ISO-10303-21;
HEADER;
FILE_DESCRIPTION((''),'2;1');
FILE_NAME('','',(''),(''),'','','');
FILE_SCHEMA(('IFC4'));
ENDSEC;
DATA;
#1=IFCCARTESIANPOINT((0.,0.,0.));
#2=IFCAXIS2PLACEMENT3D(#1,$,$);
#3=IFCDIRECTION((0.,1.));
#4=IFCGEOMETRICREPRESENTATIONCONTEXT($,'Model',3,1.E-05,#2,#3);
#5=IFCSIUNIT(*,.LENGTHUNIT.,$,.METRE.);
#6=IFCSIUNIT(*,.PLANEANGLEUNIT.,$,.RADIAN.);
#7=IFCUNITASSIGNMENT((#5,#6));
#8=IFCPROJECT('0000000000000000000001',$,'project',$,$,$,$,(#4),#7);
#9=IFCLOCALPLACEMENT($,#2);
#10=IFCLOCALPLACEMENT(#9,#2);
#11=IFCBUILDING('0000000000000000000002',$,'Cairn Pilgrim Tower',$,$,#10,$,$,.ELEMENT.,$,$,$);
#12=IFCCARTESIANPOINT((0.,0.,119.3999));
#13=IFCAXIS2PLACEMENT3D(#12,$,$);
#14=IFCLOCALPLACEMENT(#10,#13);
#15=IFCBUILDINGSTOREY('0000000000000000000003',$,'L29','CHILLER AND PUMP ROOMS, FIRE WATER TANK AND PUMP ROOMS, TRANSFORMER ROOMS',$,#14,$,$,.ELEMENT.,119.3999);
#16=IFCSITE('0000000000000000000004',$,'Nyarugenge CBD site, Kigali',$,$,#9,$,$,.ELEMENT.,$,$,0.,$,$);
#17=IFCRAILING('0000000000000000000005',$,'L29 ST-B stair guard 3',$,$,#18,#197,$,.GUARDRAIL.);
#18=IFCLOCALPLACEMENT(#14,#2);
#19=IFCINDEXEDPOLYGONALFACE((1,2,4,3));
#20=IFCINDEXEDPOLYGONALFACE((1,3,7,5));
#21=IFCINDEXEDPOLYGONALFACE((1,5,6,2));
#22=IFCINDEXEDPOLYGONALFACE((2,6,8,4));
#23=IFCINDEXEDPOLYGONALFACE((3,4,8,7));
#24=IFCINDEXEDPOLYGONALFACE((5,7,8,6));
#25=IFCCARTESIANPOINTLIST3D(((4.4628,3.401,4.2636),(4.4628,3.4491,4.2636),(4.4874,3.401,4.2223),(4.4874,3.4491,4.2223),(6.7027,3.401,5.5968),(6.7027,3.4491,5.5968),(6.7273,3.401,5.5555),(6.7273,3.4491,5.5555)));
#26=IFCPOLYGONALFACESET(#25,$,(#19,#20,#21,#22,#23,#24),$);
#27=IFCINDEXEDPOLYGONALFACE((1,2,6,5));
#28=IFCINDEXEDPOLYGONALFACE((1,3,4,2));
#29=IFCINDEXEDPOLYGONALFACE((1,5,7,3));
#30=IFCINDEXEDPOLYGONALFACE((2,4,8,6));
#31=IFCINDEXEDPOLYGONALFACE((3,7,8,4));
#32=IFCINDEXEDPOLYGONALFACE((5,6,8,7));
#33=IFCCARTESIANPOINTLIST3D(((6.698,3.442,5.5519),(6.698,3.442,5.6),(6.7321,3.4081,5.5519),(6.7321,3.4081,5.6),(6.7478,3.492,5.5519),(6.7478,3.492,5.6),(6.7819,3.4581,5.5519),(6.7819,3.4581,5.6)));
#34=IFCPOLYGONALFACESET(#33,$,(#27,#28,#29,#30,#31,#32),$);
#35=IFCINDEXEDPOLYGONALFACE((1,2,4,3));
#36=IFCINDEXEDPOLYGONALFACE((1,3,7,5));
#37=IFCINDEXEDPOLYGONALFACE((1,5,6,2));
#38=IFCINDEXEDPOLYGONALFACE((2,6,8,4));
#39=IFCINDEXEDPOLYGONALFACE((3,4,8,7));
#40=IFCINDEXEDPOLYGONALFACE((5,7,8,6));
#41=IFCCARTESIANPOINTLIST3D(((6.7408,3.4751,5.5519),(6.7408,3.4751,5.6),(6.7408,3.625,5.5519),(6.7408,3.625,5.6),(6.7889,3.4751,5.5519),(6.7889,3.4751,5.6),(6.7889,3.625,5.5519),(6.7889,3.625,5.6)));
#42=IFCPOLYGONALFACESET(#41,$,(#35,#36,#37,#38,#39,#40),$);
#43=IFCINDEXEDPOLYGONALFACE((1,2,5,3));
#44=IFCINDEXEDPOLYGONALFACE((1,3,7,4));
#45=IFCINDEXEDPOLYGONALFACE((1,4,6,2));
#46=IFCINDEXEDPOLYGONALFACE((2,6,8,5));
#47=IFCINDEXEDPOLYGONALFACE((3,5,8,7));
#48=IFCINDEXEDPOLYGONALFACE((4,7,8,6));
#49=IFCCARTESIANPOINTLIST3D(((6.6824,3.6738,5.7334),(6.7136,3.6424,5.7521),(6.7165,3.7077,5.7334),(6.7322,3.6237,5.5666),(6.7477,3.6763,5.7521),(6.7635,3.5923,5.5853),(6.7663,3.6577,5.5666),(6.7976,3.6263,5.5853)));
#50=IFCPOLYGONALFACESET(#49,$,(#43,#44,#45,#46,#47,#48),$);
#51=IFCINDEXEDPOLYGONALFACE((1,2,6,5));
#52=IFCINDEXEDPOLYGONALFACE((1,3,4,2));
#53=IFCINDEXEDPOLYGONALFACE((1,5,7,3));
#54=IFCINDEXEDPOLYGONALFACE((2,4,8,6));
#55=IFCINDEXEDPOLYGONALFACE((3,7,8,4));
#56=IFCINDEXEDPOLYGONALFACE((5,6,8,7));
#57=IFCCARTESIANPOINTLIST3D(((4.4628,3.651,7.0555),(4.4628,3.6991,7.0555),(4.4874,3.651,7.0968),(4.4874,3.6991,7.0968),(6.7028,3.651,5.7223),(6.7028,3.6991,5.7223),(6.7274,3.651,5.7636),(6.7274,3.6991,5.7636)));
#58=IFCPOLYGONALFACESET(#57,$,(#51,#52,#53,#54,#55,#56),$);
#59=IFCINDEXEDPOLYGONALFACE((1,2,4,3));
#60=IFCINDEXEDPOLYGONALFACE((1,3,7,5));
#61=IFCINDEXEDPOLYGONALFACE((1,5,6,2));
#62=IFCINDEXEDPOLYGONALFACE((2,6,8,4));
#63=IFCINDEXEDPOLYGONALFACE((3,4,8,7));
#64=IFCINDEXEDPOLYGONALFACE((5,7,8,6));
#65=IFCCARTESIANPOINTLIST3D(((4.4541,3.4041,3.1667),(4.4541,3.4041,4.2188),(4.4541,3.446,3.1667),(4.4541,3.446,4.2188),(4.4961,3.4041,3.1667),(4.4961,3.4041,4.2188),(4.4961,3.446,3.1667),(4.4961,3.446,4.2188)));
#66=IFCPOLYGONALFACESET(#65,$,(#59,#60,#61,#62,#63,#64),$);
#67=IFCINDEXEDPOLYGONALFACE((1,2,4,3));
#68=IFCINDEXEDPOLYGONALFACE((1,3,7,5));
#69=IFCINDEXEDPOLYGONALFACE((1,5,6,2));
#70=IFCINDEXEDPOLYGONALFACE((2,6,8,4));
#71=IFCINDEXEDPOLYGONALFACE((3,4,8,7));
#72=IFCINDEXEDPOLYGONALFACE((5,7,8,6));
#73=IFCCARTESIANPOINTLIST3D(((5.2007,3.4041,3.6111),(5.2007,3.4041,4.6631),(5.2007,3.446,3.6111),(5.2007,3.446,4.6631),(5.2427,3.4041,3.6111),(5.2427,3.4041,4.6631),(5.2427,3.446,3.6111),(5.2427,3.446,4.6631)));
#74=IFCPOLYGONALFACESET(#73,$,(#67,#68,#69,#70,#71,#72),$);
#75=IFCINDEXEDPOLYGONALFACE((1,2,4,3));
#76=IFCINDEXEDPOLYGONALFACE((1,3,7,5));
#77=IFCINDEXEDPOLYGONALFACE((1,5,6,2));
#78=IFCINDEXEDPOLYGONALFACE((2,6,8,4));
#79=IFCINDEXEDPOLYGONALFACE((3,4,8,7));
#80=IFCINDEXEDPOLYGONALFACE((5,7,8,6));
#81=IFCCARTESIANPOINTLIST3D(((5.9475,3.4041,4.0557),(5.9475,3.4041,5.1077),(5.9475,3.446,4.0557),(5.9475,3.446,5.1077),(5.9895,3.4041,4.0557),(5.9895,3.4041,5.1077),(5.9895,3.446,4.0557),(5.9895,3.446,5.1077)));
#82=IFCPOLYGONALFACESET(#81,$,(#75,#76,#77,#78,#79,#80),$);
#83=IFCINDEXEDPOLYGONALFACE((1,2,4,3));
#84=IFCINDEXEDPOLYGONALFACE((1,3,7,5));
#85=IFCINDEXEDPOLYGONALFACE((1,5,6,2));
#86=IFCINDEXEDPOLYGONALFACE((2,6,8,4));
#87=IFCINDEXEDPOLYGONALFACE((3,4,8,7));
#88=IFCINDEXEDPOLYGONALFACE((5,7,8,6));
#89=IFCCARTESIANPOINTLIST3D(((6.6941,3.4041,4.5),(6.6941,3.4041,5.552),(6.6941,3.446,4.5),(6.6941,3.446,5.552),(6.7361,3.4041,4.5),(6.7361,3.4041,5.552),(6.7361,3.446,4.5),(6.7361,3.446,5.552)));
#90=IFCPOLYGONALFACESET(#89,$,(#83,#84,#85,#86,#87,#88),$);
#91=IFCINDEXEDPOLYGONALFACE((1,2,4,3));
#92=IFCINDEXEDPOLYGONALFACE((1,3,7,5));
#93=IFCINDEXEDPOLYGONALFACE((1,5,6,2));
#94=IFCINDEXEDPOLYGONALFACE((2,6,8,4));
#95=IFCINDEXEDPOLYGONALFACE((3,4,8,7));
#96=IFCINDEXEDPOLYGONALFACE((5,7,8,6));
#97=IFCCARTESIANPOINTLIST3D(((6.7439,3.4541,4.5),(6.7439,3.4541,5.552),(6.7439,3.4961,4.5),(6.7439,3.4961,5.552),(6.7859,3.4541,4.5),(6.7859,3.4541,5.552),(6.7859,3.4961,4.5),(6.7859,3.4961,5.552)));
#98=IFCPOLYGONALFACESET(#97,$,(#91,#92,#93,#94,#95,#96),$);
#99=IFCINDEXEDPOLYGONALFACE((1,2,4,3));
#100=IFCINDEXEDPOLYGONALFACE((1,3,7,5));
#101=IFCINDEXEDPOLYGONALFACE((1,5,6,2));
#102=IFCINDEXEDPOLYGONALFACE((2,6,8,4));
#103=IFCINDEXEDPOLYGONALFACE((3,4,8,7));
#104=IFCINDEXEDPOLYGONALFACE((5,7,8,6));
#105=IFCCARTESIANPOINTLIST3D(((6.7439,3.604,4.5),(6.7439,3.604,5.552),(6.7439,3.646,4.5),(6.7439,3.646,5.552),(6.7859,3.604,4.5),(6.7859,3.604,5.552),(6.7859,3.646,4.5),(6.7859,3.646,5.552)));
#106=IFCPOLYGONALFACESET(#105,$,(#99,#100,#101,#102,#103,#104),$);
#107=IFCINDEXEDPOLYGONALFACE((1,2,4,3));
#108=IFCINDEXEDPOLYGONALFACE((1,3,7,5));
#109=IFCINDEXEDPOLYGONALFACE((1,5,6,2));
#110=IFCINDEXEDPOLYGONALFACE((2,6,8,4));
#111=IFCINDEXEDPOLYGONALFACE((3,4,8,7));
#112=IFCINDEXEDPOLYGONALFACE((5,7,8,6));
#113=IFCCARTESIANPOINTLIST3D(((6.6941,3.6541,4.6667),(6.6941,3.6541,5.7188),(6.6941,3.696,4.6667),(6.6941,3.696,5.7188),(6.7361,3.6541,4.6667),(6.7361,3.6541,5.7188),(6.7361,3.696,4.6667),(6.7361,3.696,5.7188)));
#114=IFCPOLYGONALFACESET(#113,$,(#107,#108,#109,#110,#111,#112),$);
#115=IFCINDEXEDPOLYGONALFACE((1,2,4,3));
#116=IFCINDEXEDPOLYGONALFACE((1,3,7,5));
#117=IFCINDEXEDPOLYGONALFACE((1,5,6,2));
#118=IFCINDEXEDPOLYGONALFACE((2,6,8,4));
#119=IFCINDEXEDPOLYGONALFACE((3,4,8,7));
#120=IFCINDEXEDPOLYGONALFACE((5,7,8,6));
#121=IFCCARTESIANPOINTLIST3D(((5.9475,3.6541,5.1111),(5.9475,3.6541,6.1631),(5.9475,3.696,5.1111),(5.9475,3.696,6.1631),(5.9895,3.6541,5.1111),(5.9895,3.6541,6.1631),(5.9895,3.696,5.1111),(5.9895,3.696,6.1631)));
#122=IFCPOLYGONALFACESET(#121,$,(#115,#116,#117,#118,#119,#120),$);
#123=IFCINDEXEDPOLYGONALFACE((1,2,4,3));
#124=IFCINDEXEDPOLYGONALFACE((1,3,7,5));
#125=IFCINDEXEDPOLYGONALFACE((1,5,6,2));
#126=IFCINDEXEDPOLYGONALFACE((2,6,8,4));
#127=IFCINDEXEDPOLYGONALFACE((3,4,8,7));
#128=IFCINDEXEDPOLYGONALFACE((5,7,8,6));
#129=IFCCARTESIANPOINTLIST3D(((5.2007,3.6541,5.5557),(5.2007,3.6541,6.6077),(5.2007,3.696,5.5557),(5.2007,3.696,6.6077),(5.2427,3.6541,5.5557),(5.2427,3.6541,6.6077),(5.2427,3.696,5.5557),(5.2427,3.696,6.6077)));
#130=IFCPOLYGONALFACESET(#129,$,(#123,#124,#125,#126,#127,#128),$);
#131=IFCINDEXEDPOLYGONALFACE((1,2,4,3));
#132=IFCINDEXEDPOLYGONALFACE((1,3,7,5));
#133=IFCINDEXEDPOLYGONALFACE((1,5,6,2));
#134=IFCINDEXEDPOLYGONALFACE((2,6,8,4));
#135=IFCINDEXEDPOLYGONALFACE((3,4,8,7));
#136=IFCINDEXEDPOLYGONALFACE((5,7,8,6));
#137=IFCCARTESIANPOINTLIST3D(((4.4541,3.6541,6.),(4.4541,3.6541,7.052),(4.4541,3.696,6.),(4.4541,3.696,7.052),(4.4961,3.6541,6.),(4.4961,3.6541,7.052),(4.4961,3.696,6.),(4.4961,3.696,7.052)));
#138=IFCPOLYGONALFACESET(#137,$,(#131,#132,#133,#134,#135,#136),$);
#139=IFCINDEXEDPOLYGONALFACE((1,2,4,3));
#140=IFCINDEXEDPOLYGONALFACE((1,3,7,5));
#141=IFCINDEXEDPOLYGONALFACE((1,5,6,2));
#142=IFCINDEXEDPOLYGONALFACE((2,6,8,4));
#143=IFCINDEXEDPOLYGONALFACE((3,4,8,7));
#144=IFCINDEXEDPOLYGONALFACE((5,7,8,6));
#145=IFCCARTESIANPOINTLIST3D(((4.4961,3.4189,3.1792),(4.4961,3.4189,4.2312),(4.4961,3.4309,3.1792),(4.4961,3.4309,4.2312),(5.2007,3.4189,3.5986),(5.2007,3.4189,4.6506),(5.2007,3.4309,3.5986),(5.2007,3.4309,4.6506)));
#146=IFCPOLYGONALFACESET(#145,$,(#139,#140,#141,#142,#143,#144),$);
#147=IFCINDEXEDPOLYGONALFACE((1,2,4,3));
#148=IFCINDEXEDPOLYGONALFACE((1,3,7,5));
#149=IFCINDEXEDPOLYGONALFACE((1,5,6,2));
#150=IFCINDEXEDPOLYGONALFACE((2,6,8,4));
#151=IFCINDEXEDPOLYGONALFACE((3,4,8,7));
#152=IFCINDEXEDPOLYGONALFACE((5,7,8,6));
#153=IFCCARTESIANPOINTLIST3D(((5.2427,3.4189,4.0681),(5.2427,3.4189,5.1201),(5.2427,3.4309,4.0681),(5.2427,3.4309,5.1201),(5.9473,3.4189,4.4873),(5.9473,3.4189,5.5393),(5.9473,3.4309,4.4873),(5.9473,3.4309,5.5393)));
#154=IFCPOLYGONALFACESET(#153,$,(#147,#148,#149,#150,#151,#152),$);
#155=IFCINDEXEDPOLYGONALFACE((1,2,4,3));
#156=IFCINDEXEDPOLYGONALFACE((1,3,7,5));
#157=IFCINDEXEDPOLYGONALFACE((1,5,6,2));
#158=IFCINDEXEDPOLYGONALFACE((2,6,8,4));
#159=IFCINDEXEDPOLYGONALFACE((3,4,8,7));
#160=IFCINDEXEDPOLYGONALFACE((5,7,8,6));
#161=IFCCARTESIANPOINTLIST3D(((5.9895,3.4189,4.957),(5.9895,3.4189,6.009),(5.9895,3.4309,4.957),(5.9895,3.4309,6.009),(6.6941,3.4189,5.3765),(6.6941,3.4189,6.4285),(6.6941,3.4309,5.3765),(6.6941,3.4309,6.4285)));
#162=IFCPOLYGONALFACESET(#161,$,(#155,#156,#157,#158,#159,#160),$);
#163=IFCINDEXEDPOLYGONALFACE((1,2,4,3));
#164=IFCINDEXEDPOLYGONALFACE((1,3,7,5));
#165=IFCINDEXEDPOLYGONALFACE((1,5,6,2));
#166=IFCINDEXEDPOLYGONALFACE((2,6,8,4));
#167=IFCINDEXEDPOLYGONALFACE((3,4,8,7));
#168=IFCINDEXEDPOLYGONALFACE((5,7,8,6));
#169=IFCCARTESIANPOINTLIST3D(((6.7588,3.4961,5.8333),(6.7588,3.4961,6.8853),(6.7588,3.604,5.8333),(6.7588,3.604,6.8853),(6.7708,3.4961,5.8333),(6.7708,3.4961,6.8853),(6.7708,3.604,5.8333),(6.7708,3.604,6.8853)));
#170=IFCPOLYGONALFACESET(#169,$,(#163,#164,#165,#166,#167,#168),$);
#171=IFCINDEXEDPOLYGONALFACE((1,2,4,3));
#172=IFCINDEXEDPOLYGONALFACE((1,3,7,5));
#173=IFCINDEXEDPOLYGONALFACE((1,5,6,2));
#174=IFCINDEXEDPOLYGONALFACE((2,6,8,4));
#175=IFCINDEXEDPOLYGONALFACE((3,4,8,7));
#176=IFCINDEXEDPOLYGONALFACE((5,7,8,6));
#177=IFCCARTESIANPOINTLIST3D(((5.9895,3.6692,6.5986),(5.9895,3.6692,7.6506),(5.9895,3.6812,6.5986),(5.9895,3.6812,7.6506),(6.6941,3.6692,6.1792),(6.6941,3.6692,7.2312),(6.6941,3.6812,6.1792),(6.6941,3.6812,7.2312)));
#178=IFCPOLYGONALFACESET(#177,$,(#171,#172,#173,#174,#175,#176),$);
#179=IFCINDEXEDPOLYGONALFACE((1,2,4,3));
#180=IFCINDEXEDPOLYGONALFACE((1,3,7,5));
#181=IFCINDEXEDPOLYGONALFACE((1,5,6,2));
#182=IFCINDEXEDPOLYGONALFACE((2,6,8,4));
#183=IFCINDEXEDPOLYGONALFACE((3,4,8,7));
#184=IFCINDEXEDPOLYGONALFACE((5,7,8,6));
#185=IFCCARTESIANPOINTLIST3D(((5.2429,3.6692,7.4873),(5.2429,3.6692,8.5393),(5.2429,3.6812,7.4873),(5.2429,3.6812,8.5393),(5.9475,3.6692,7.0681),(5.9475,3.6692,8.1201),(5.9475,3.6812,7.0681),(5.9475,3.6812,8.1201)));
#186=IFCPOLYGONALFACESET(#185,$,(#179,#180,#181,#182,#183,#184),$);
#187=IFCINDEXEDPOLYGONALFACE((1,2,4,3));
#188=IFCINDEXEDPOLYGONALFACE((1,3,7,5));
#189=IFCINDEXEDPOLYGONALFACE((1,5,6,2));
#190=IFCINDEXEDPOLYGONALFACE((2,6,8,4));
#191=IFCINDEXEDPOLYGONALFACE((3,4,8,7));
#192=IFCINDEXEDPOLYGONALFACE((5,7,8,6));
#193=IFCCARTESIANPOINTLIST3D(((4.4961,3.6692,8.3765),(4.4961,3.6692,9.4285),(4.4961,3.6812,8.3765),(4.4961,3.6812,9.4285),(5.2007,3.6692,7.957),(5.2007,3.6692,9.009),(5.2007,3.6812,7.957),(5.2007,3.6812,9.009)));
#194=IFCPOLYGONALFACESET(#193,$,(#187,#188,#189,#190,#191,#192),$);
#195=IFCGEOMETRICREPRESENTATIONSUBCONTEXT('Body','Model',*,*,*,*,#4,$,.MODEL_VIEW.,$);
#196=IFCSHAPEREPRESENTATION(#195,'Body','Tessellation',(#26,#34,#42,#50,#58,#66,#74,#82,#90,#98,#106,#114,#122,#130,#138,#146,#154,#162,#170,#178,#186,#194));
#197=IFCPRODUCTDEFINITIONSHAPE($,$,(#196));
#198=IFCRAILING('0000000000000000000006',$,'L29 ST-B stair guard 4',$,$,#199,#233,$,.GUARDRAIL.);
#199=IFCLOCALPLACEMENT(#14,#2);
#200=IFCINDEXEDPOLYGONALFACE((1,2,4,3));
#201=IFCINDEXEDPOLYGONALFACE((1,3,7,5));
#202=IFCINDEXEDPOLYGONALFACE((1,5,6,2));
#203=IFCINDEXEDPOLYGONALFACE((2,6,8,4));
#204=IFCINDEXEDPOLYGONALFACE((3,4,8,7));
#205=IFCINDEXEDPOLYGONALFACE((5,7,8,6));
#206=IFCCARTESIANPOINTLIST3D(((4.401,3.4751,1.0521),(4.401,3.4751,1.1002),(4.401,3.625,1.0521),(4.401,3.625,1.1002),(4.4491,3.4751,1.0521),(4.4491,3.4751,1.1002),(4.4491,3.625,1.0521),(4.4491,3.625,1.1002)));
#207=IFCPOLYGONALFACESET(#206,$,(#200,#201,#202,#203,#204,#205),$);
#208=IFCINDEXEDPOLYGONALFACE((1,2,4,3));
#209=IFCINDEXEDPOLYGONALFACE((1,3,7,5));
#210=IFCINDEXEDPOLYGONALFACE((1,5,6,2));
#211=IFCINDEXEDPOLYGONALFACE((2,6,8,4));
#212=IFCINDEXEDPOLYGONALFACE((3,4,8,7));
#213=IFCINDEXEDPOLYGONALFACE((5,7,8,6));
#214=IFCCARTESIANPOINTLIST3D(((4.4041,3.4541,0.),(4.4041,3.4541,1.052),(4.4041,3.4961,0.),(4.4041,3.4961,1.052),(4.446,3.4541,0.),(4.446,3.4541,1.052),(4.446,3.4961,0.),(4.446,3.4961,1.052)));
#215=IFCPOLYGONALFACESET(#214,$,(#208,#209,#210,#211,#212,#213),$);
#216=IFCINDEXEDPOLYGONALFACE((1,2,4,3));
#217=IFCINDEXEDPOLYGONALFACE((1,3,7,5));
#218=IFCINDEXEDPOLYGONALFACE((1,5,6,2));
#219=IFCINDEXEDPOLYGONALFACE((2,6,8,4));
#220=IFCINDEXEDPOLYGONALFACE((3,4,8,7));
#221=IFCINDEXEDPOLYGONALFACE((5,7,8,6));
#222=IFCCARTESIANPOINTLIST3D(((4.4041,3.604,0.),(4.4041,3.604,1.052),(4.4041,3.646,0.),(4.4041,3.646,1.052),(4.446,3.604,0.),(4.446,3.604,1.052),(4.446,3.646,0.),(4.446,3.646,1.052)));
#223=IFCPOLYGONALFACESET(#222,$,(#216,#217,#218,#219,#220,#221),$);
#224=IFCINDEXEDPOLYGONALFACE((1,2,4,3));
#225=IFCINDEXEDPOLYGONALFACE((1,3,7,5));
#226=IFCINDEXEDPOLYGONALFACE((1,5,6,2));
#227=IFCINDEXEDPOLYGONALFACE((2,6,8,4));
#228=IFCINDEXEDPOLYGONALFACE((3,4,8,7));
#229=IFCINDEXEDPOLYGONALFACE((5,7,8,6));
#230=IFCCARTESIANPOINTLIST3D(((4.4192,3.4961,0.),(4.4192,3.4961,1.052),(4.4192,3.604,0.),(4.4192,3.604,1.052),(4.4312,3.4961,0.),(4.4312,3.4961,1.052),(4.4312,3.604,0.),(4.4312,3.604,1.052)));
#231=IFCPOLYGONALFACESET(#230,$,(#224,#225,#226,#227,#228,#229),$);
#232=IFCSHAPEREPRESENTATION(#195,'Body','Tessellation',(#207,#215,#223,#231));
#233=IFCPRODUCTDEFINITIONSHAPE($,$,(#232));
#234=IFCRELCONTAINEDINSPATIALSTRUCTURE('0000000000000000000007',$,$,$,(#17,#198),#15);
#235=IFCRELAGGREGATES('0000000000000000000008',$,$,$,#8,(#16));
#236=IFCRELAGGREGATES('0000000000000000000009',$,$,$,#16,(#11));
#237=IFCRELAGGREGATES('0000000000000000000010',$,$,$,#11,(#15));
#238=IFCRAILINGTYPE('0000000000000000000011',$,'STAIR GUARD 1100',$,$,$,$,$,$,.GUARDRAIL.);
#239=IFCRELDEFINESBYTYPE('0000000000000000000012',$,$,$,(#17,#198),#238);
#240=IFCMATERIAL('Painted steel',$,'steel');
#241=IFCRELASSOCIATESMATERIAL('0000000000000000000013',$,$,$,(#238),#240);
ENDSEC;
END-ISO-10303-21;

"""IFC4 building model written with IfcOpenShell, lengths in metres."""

from ifc_helpers import new_model, si_unit, direction, frame, origin, origin_2d, place, context, subcontext, project, spatial, polyline, rectangle, outline, extrude, material, type_object, element, save


model = new_model("IFC4")

# Units and contexts
model_context = context("Model", 3, precision=1e-05, world=origin(), true_north=direction((0.0, 1.0)))
body_context = subcontext(model_context, "Body", "Model", "MODEL_VIEW")
ifc_project = project(units=[si_unit("LENGTHUNIT", "METRE"), si_unit("PLANEANGLEUNIT", "RADIAN")], contexts=[model_context])

# Site, building, storey
site_placement = place(None, origin())
site = spatial("IfcSite", under=ifc_project, at=site_placement, Name="Nyarugenge CBD site, Kigali", CompositionType="ELEMENT", RefElevation=0.0)
building_placement = place(site_placement, origin())
building = spatial("IfcBuilding", under=site, at=building_placement, Name="Cairn Pilgrim Tower", CompositionType="ELEMENT")
storey_placement = place(building_placement, frame((0.0, 0.0, 119.3999)))
storey = spatial("IfcBuildingStorey", under=building, at=storey_placement, Name="L29", Description="CHILLER AND PUMP ROOMS, FIRE WATER TANK AND PUMP ROOMS, TRANSFORMER ROOMS", CompositionType="ELEMENT", Elevation=119.3999)

# Shared definitions
ifc_material_1 = material(Name="Painted steel", Category="steel")

# Railings
railing_type_1 = type_object("IfcRailingType", Name="STAIR GUARD 1100", PredefinedType="GUARDRAIL", material=ifc_material_1)
railing_1_placement = place(storey_placement, frame((4.4751, 3.425, 3.1667)))
element("IfcRailing", 1, at=railing_1_placement, inside=storey, type_object=railing_type_1, Name="L29 ST-B stair guard 3", PredefinedType="GUARDRAIL", context=body_context, shape_type="SweptSolid", body=[
    extrude(rectangle(XDim=0.0481, YDim=0.0481, at=origin_2d()), frame((0.0, 0.0, 1.0762), z_axis=(0.859306, 0.0, 0.511462), x_axis=(0.0, 1.0, 0.0)), (0.0, 0.0, 1.0), 2.6067),
    extrude(rectangle(XDim=0.0481, YDim=0.0481, at=origin_2d()), frame((2.24, 0.0, 2.4092), z_axis=(0.705376, 0.708834, 0.0), x_axis=(-0.708834, 0.705376, 0.0)), (0.0, 0.0, 1.0), 0.0706),
    extrude(rectangle(XDim=0.0481, YDim=0.0481, at=origin_2d()), frame((2.2898, 0.05, 2.4092), z_axis=(0.0, 1.0, 0.0), x_axis=(-1.0, 0.0, 0.0)), (0.0, 0.0, 1.0), 0.1499),
    extrude(rectangle(XDim=0.0481, YDim=0.0481, at=origin_2d()), frame((2.2898, 0.2, 2.4092), z_axis=(-0.275041, 0.276389, 0.920848), x_axis=(-0.708834, -0.705376, 0.0)), (0.0, 0.0, 1.0), 0.1812),
    extrude(rectangle(XDim=0.0481, YDim=0.0481, at=origin_2d()), frame((2.24, 0.25, 2.5762), z_axis=(-0.859306, 0.0, 0.511462), x_axis=(0.0, -1.0, 0.0)), (0.0, 0.0, 1.0), 2.6067),
    extrude(rectangle(XDim=0.042, YDim=0.042, at=origin_2d()), origin(), (0.0, 0.0, 1.0), 1.052),
    extrude(rectangle(XDim=0.042, YDim=0.042, at=origin_2d()), frame((0.7466, 0.0, 0.4443)), (0.0, 0.0, 1.0), 1.052),
    extrude(rectangle(XDim=0.042, YDim=0.042, at=origin_2d()), frame((1.4934, 0.0, 0.8889)), (0.0, 0.0, 1.0), 1.052),
    extrude(rectangle(XDim=0.042, YDim=0.042, at=origin_2d()), frame((2.24, 0.0, 1.3333)), (0.0, 0.0, 1.0), 1.052),
    extrude(rectangle(XDim=0.042, YDim=0.042, at=origin_2d()), frame((2.2898, 0.05, 1.3333)), (0.0, 0.0, 1.0), 1.052),
    extrude(rectangle(XDim=0.042, YDim=0.042, at=origin_2d()), frame((2.2898, 0.2, 1.3333)), (0.0, 0.0, 1.0), 1.052),
    extrude(rectangle(XDim=0.042, YDim=0.042, at=origin_2d()), frame((2.24, 0.25, 1.5)), (0.0, 0.0, 1.0), 1.052),
    extrude(rectangle(XDim=0.042, YDim=0.042, at=origin_2d()), frame((1.4934, 0.25, 1.9443)), (0.0, 0.0, 1.0), 1.052),
    extrude(rectangle(XDim=0.042, YDim=0.042, at=origin_2d()), frame((0.7466, 0.25, 2.3889)), (0.0, 0.0, 1.0), 1.052),
    extrude(rectangle(XDim=0.042, YDim=0.042, at=origin_2d()), frame((0.0, 0.25, 2.8333)), (0.0, 0.0, 1.0), 1.052),
    extrude(outline(polyline([(0.021, 0.0125), (0.7256, 0.4319), (0.7256, 1.4839), (0.021, 1.0645), (0.021, 0.0125)])), frame((0.0, 0.0059, 0.0), z_axis=(0.0, -1.0, 0.0), x_axis=(1.0, 0.0, 0.0)), (0.0, 0.0, 1.0), 0.012),
    extrude(outline(polyline([(0.021, 0.457), (0.7256, 0.8762), (0.7256, 1.9282), (0.021, 1.509), (0.021, 0.457)])), frame((0.7466, 0.0059, 0.4443), z_axis=(0.0, -1.0, 0.0), x_axis=(1.0, 0.0, 0.0)), (0.0, 0.0, 1.0), 0.012),
    extrude(outline(polyline([(0.021, 0.9014), (0.7256, 1.3208), (0.7256, 2.3728), (0.021, 1.9534), (0.021, 0.9014)])), frame((1.4934, 0.0059, 0.8889), z_axis=(0.0, -1.0, 0.0), x_axis=(1.0, 0.0, 0.0)), (0.0, 0.0, 1.0), 0.012),
    extrude(outline(polyline([(0.021, 1.3333), (0.1289, 1.3333), (0.1289, 2.3853), (0.021, 2.3853), (0.021, 1.3333)])), frame((2.2837, 0.05, 1.3333), z_axis=(1.0, 0.0, 0.0), x_axis=(0.0, 1.0, 0.0)), (0.0, 0.0, 1.0), 0.012),
    extrude(outline(polyline([(0.021, 1.5125), (0.7256, 1.9319), (0.7256, 2.9839), (0.021, 2.5645), (0.021, 1.5125)])), frame((2.24, 0.2441, 1.5), z_axis=(0.0, 1.0, 0.0), x_axis=(-1.0, 0.0, 0.0)), (0.0, 0.0, 1.0), 0.012),
    extrude(outline(polyline([(0.021, 1.957), (0.7256, 2.3762), (0.7256, 3.4282), (0.021, 3.009), (0.021, 1.957)])), frame((1.4934, 0.2441, 1.9443), z_axis=(0.0, 1.0, 0.0), x_axis=(-1.0, 0.0, 0.0)), (0.0, 0.0, 1.0), 0.012),
    extrude(outline(polyline([(0.021, 2.4014), (0.7256, 2.8208), (0.7256, 3.8728), (0.021, 3.4534), (0.021, 2.4014)])), frame((0.7466, 0.2441, 2.3889), z_axis=(0.0, 1.0, 0.0), x_axis=(-1.0, 0.0, 0.0)), (0.0, 0.0, 1.0), 0.012),
])
railing_2_placement = place(storey_placement, frame((4.425, 3.4751, 0.0)))
element("IfcRailing", 2, at=railing_2_placement, inside=storey, type_object=railing_type_1, Name="L29 ST-B stair guard 4", PredefinedType="GUARDRAIL", context=body_context, shape_type="SweptSolid", body=[
    extrude(rectangle(XDim=0.0481, YDim=0.0481, at=origin_2d()), frame((0.0, 0.0, 1.0762), z_axis=(0.0, 1.0, 0.0), x_axis=(-1.0, 0.0, 0.0)), (0.0, 0.0, 1.0), 0.1499),
    extrude(rectangle(XDim=0.042, YDim=0.042, at=origin_2d()), origin(), (0.0, 0.0, 1.0), 1.052),
    extrude(rectangle(XDim=0.042, YDim=0.042, at=origin_2d()), frame((0.0, 0.1499, 0.0)), (0.0, 0.0, 1.0), 1.052),
    extrude(outline(polyline([(0.021, 0.0), (0.1289, 0.0), (0.1289, 1.052), (0.021, 1.052), (0.021, 0.0)])), frame((-0.0059, 0.0, 0.0), z_axis=(1.0, 0.0, 0.0), x_axis=(0.0, 1.0, 0.0)), (0.0, 0.0, 1.0), 0.012),
])

save(model, "model.ifc")
